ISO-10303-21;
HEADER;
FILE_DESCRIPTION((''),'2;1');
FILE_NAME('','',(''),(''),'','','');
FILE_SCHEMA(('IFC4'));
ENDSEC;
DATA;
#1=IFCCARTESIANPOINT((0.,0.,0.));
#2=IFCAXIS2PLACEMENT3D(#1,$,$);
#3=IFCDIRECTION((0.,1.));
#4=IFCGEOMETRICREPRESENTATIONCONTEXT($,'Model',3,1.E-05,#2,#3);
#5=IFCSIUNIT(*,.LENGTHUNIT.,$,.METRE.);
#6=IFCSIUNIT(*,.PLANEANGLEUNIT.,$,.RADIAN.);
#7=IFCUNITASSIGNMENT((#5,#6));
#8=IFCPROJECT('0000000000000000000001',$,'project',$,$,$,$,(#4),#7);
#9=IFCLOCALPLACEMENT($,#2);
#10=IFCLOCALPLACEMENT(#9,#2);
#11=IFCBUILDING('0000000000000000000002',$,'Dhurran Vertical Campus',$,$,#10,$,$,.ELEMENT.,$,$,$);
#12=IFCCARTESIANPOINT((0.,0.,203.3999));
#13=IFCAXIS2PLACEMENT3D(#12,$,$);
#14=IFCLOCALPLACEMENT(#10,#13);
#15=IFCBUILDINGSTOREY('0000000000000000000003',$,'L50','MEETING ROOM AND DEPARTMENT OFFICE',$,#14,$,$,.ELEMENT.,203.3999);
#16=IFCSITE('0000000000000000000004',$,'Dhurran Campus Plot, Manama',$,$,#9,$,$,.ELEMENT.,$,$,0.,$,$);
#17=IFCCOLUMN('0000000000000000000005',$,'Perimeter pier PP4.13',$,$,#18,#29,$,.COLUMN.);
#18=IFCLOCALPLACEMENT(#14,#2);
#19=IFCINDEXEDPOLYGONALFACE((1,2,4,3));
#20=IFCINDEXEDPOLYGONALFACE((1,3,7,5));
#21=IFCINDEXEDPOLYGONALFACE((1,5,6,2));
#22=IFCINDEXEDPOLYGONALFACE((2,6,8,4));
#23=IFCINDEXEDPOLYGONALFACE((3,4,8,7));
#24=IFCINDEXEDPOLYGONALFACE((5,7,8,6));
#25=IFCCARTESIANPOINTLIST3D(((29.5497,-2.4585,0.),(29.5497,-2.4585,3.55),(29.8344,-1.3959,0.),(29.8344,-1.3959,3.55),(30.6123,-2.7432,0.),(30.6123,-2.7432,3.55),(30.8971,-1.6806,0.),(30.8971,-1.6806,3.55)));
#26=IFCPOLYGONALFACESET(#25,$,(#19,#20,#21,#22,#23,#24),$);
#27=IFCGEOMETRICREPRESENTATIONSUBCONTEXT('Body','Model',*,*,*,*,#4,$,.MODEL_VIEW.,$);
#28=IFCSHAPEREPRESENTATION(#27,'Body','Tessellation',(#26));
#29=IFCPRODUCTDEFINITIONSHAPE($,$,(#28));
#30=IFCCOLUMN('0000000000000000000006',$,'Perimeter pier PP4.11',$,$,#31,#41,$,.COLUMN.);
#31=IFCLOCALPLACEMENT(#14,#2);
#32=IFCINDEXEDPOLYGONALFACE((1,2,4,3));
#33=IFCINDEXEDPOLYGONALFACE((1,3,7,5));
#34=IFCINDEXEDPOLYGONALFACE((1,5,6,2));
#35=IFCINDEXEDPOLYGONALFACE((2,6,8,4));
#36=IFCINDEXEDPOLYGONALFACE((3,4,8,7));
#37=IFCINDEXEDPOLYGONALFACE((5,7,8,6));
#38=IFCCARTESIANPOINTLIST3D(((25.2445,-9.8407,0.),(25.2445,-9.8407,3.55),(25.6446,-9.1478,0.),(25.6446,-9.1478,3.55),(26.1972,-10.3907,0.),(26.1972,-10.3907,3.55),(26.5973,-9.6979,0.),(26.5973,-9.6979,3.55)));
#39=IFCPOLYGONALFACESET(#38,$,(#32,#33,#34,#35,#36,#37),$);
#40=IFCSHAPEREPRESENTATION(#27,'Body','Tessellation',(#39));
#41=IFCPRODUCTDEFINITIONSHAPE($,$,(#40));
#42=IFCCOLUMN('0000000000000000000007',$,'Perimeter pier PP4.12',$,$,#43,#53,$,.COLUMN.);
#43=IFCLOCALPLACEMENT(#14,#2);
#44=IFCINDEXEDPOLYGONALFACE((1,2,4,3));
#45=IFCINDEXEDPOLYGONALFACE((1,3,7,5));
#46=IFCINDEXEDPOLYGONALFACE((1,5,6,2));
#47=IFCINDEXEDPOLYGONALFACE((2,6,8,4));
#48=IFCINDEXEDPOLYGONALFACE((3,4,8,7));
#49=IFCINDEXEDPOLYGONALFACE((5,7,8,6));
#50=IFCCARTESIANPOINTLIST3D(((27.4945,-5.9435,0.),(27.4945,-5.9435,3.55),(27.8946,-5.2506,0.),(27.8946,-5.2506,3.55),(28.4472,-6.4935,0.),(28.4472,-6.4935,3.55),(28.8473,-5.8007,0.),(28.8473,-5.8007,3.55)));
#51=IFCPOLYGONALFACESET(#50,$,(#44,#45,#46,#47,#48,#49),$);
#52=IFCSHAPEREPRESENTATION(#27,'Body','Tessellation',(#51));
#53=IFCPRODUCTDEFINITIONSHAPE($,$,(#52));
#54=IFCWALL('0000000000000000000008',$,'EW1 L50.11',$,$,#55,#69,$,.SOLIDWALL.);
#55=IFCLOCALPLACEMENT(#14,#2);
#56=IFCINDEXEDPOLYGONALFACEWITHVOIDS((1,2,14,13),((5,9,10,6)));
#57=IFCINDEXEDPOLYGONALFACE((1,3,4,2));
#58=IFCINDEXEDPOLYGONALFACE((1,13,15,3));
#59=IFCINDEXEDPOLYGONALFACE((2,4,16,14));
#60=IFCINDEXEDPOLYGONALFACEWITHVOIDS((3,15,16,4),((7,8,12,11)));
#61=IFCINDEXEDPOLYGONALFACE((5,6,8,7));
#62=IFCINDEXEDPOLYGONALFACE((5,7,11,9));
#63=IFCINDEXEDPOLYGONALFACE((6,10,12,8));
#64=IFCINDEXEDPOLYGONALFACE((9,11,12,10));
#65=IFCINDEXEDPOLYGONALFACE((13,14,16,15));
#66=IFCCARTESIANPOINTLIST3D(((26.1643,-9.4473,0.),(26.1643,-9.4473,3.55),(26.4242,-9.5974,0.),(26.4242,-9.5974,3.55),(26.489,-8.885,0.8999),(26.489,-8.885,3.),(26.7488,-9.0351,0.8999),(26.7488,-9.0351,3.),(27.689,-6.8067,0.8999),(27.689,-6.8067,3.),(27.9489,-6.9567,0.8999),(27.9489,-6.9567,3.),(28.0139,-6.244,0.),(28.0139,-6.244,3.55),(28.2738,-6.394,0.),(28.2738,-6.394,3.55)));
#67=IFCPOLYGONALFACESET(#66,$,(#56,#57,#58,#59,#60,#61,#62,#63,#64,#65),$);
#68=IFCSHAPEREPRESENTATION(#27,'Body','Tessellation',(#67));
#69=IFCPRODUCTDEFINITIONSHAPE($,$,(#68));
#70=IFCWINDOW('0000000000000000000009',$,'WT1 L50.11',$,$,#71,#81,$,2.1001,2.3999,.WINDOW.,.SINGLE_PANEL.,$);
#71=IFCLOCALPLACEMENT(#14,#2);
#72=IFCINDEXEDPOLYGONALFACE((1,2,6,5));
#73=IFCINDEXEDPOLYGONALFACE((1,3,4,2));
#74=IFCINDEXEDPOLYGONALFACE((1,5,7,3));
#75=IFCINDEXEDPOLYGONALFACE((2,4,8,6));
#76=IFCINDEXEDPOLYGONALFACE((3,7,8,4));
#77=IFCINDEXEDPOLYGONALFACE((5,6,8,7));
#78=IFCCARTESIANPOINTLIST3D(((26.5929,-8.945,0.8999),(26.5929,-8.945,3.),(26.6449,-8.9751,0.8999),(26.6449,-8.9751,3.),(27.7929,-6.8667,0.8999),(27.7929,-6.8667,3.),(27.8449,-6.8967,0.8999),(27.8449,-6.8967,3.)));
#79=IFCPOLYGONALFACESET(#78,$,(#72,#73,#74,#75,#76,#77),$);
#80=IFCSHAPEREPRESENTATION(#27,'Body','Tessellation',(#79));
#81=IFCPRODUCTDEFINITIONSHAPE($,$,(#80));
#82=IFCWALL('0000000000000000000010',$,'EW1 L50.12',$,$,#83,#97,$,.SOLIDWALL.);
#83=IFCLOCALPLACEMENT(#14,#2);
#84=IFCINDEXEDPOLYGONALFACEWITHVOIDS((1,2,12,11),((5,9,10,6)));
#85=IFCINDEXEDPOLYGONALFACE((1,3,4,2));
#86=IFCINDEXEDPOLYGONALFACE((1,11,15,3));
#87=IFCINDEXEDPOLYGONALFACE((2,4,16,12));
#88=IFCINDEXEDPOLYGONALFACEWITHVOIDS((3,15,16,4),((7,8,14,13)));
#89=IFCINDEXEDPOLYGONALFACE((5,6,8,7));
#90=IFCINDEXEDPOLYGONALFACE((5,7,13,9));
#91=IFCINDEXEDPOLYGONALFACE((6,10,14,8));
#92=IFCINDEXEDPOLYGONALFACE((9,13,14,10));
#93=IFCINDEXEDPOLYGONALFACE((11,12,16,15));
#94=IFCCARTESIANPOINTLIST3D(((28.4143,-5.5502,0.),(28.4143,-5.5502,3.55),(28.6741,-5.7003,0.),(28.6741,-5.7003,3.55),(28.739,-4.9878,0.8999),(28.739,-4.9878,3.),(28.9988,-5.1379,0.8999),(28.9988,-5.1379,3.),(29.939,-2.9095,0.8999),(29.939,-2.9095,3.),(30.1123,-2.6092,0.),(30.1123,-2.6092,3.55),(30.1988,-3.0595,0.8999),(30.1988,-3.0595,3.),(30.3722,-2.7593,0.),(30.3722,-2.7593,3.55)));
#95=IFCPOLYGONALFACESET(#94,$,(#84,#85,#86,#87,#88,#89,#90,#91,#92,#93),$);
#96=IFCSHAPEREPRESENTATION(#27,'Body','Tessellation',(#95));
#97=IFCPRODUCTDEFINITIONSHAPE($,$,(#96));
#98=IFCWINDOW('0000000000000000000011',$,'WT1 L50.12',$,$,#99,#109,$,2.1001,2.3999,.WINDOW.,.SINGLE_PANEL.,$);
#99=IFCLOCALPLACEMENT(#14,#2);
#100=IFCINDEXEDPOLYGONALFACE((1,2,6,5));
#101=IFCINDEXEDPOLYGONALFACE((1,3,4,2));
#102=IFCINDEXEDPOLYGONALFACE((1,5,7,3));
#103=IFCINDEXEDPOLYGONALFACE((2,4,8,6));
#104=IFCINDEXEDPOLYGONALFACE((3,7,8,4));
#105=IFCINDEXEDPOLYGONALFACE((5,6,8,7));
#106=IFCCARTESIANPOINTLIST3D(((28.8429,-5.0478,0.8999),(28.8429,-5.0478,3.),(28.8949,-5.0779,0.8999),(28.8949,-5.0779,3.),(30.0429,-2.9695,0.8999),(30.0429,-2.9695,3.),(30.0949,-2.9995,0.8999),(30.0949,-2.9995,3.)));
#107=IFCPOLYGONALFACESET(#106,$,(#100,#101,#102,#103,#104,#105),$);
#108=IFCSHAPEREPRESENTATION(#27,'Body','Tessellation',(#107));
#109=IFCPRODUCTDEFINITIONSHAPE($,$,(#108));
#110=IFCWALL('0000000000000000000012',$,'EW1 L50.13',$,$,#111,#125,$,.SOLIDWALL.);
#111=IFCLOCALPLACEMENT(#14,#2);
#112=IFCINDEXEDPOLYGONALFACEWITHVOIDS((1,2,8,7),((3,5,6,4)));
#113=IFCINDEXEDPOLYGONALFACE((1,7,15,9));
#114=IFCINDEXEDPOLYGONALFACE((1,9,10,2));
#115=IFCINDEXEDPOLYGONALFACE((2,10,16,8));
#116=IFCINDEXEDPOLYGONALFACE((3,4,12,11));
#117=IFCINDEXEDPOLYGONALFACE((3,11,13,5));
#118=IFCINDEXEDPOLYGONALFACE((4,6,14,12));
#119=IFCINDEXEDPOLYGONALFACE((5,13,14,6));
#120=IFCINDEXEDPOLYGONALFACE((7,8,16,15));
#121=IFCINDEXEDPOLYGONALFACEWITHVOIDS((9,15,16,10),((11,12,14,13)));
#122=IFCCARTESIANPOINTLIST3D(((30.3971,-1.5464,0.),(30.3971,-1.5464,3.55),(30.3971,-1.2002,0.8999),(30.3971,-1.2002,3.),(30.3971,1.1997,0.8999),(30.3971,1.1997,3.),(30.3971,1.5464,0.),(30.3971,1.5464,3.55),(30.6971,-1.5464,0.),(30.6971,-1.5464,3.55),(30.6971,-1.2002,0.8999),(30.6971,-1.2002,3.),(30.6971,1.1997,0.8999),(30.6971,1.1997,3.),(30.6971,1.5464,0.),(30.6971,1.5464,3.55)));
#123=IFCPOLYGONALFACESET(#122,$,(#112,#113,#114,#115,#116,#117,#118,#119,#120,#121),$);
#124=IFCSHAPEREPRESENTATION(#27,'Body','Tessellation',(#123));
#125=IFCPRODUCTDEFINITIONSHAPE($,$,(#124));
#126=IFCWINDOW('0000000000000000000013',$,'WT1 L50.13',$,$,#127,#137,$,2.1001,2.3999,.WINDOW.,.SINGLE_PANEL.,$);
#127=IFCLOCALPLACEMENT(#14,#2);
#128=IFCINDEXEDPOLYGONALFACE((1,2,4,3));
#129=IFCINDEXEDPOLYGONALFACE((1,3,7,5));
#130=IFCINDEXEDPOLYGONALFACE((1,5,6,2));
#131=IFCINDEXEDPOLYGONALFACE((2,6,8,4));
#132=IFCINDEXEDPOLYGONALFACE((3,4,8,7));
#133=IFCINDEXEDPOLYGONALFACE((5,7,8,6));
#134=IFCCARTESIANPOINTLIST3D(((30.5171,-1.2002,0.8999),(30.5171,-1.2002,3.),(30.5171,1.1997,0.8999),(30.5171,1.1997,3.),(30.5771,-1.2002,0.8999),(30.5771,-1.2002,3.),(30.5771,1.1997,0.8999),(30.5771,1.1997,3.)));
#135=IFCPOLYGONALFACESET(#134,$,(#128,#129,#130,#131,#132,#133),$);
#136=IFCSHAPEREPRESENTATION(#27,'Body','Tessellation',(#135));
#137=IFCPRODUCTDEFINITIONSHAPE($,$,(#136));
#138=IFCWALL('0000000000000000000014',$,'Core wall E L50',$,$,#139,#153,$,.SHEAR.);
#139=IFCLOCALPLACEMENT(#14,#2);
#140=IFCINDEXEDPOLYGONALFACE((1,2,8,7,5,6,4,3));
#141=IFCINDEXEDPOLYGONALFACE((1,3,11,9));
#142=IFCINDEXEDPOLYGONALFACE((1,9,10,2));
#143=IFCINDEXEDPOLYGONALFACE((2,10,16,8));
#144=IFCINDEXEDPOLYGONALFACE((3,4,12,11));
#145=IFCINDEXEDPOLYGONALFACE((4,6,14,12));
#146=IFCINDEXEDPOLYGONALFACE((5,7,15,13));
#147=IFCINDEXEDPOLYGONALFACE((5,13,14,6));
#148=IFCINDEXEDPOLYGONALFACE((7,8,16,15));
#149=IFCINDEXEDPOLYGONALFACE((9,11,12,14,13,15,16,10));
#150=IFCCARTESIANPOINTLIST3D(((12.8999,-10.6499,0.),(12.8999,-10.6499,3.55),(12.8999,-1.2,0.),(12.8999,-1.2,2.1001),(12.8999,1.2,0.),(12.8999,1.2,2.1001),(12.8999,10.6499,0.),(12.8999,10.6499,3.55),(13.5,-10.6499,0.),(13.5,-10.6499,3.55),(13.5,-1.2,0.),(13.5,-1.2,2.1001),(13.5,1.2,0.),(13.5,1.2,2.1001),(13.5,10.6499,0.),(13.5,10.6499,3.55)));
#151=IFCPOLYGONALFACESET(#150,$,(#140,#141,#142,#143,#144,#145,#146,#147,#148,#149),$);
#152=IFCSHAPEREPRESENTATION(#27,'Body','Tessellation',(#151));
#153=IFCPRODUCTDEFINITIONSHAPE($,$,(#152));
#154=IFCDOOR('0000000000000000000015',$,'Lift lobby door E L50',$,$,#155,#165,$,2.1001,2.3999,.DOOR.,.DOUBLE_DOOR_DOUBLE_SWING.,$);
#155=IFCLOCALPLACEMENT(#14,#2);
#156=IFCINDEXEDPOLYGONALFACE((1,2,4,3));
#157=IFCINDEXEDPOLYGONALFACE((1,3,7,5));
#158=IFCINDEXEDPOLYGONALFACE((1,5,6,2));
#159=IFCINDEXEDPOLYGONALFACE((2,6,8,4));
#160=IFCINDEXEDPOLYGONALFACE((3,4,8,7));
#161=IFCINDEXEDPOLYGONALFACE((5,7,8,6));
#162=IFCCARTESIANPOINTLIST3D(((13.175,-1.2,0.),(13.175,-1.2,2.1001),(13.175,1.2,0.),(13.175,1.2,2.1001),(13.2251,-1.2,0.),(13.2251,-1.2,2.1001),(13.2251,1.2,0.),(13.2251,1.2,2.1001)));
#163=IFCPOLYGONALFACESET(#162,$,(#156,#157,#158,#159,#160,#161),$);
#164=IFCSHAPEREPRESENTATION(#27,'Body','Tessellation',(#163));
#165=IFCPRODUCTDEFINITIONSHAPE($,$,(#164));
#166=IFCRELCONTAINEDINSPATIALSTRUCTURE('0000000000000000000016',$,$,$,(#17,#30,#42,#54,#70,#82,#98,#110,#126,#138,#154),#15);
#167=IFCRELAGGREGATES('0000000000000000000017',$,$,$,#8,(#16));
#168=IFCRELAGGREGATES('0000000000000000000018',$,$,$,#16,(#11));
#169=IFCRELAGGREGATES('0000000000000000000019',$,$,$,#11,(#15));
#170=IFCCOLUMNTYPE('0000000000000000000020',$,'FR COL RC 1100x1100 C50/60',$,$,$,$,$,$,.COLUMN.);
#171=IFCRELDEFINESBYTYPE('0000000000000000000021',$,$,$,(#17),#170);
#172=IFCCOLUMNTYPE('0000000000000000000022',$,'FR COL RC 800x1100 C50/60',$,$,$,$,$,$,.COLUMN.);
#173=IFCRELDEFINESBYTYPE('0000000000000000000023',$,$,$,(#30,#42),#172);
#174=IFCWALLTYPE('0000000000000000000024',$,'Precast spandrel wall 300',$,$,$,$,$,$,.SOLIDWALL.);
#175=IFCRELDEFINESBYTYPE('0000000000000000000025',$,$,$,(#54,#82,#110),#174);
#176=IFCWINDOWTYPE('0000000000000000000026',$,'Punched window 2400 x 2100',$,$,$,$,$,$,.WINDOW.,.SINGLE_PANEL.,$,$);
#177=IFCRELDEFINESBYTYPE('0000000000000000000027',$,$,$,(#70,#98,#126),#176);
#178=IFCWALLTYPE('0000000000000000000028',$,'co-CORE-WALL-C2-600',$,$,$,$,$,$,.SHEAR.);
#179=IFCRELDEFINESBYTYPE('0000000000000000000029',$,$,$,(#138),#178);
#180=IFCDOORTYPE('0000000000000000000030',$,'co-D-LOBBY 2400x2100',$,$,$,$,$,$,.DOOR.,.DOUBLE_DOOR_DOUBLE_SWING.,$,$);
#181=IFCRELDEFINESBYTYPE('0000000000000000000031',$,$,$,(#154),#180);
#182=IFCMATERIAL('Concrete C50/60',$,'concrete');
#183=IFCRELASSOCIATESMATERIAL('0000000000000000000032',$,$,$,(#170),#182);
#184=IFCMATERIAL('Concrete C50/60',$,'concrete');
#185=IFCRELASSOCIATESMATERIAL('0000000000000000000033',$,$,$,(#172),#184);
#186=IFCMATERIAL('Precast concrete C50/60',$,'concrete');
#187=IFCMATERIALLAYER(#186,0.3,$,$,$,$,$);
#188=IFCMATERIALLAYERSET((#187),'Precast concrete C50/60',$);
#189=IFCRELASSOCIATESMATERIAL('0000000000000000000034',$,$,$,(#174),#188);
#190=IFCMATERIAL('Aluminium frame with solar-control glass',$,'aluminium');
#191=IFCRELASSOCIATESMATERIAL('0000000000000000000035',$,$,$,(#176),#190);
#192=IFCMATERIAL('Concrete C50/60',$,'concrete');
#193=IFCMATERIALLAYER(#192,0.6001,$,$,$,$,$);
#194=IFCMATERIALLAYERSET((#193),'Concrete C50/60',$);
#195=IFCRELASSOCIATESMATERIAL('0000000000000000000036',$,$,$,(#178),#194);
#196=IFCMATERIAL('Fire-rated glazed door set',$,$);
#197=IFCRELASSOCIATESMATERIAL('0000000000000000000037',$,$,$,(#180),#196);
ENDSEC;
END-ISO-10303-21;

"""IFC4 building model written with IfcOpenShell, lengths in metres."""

from ifc_helpers import new_model, si_unit, direction, frame, frame_2d, origin, origin_2d, place, context, subcontext, project, spatial, rectangle, extrude, material, layer, layer_set, material_profile, profile_set, type_object, element, fill, save


model = new_model("IFC4")

# Units and contexts
model_context = context("Model", 3, precision=1e-05, world=origin(), true_north=direction((0.0, 1.0)))
body_context = subcontext(model_context, "Body", "Model", "MODEL_VIEW")
ifc_project = project(units=[si_unit("LENGTHUNIT", "METRE"), si_unit("PLANEANGLEUNIT", "RADIAN")], contexts=[model_context])

# Site, building, storey
site_placement = place(None, origin())
site = spatial("IfcSite", under=ifc_project, at=site_placement, Name="Dhurran Campus Plot, Manama", CompositionType="ELEMENT", RefElevation=0.0)
building_placement = place(site_placement, origin())
building = spatial("IfcBuilding", under=site, at=building_placement, Name="Dhurran Vertical Campus", CompositionType="ELEMENT")
storey_placement = place(building_placement, frame((0.0, 0.0, 203.3999)))
storey = spatial("IfcBuildingStorey", under=building, at=storey_placement, Name="L50", Description="MEETING ROOM AND DEPARTMENT OFFICE", CompositionType="ELEMENT", Elevation=203.3999)

# Columns
ifc_material_1 = material(Name="Concrete C50/60", Category="concrete")
ifc_material_profile_1 = material_profile(ifc_material_1, rectangle(XDim=1.1001, YDim=1.1001, at=origin_2d()), Name="RC 1100x1100")
ifc_profile_set_1 = profile_set([ifc_material_profile_1], Name="Concrete C50/60")
column_type_1 = type_object("IfcColumnType", Name="FR COL RC 1100x1100 C50/60", PredefinedType="COLUMN", material=ifc_profile_set_1)
column_placement = place(storey_placement, frame((30.2234, -2.0696, 0.0), z_axis=(0.0, 0.0, 1.0), x_axis=(0.258819, 0.965926, 0.0)))
element("IfcColumn", 1, at=column_placement, inside=storey, type_object=column_type_1, Name="Perimeter pier PP4.13", PredefinedType="COLUMN", context=body_context, shape_type="SweptSolid", body=[
    extrude(rectangle(XDim=1.1001, YDim=1.1001, at=origin_2d()), origin(), (0.0, 0.0, 1.0), 3.55),
])
ifc_material_2 = material(Name="Concrete C50/60", Category="concrete")
ifc_material_profile_2 = material_profile(ifc_material_2, rectangle(XDim=0.8, YDim=1.1001, at=origin_2d()), Name="RC 800x1100")
ifc_profile_set_2 = profile_set([ifc_material_profile_2], Name="Concrete C50/60")
column_type_2 = type_object("IfcColumnType", Name="FR COL RC 800x1100 C50/60", PredefinedType="COLUMN", material=ifc_profile_set_2)
for number, where, z_axis, x_axis, name in (
    (2, (25.9209, -9.7693, 0.0), (0.0, 0.0, 1.0), (0.5, 0.866025, 0.0), "Perimeter pier PP4.11"),
    (3, (28.1709, -5.8721, 0.0), (0.0, 0.0, 1.0), (0.5, 0.866025, 0.0), "Perimeter pier PP4.12"),
):
    element("IfcColumn", number, at=place(storey_placement, frame(where, z_axis=z_axis, x_axis=x_axis)), inside=storey, type_object=column_type_2, Name=name, PredefinedType="COLUMN", context=body_context, shape_type="SweptSolid", body=[
        extrude(rectangle(XDim=0.8, YDim=1.1001, at=origin_2d()), origin(), (0.0, 0.0, 1.0), 3.55),
    ])

# Walls, openings, windows
ifc_material_3 = material(Name="Precast concrete C50/60", Category="concrete")
ifc_layer_1 = layer(ifc_material_3, 0.3)
ifc_layer_set_1 = layer_set([ifc_layer_1], Name="Precast concrete C50/60")
wall_type_1 = type_object("IfcWallType", Name="Precast spandrel wall 300", PredefinedType="SOLIDWALL", material=ifc_layer_set_1)
wall_1_placement = place(storey_placement, frame((26.2942, -9.5225, 0.0), z_axis=(0.0, 0.0, 1.0), x_axis=(0.500029, 0.866009, 0.0)))
wall_1 = element("IfcWall", 4, at=wall_1_placement, inside=storey, type_object=wall_type_1, Name="EW1 L50.11", PredefinedType="SOLIDWALL", context=body_context, shape_type="SweptSolid", body=[
    extrude(rectangle(XDim=3.699, YDim=0.3, at=frame_2d((1.8496, 0.0))), origin(), (0.0, 0.0, 1.0), 3.55),
])
opening_1_placement = place(wall_1_placement, frame((0.6494, 0.0, 0.8999)))
opening_1 = element("IfcOpeningElement", 5, at=opening_1_placement, cuts=wall_1, PredefinedType="OPENING", context=body_context, shape_type="SweptSolid", body=[
    extrude(rectangle(XDim=2.3999, YDim=2.1001, at=frame_2d((1.2, 1.05))), frame((0.0, 0.1599, 0.0), z_axis=(0.0, -1.0, 0.0), x_axis=(1.0, 0.0, 0.0)), (0.0, 0.0, 1.0), 0.3201),
])
ifc_material_4 = material(Name="Aluminium frame with solar-control glass", Category="aluminium")
window_type = type_object("IfcWindowType", Name="Punched window 2400 x 2100", PartitioningType="SINGLE_PANEL", PredefinedType="WINDOW", material=ifc_material_4)
window_1_placement = place(opening_1_placement, origin())
window_1 = element("IfcWindow", 6, at=window_1_placement, inside=storey, type_object=window_type, Name="WT1 L50.11", OverallHeight=2.1001, OverallWidth=2.3999, PartitioningType="SINGLE_PANEL", PredefinedType="WINDOW", context=body_context, shape_type="SweptSolid", body=[
    extrude(rectangle(XDim=2.3999, YDim=2.1001, at=frame_2d((1.2, 1.05))), frame((0.0, 0.03, 0.0), z_axis=(0.0, -1.0, 0.0), x_axis=(1.0, 0.0, 0.0)), (0.0, 0.0, 1.0), 0.0601),
])
fill(opening_1, window_1)
wall_2_placement = place(storey_placement, frame((28.5442, -5.6252, 0.0), z_axis=(0.0, 0.0, 1.0), x_axis=(0.500013, 0.866018, 0.0)))
wall_2 = element("IfcWall", 7, at=wall_2_placement, inside=storey, type_object=wall_type_1, Name="EW1 L50.12", PredefinedType="SOLIDWALL", context=body_context, shape_type="SweptSolid", body=[
    extrude(rectangle(XDim=3.396, YDim=0.3, at=frame_2d((1.698, 0.0))), origin(), (0.0, 0.0, 1.0), 3.55),
])
opening_2_placement = place(wall_2_placement, frame((0.6494, 0.0, 0.8999)))
opening_2 = element("IfcOpeningElement", 8, at=opening_2_placement, cuts=wall_2, PredefinedType="OPENING", context=body_context, shape_type="SweptSolid", body=[
    extrude(rectangle(XDim=2.3999, YDim=2.1001, at=frame_2d((1.2, 1.05))), frame((0.0, 0.1599, 0.0), z_axis=(0.0, -1.0, 0.0), x_axis=(1.0, 0.0, 0.0)), (0.0, 0.0, 1.0), 0.3201),
])
window_2_placement = place(opening_2_placement, origin())
window_2 = element("IfcWindow", 9, at=window_2_placement, inside=storey, type_object=window_type, Name="WT1 L50.12", OverallHeight=2.1001, OverallWidth=2.3999, PartitioningType="SINGLE_PANEL", PredefinedType="WINDOW", context=body_context, shape_type="SweptSolid", body=[
    extrude(rectangle(XDim=2.3999, YDim=2.1001, at=frame_2d((1.2, 1.05))), frame((0.0, 0.03, 0.0), z_axis=(0.0, -1.0, 0.0), x_axis=(1.0, 0.0, 0.0)), (0.0, 0.0, 1.0), 0.0601),
])
fill(opening_2, window_2)
wall_3_placement = place(storey_placement, frame((30.5471, -1.5464, 0.0), z_axis=(0.0, 0.0, 1.0), x_axis=(0.0, 1.0, 0.0)))
wall_3 = element("IfcWall", 10, at=wall_3_placement, inside=storey, type_object=wall_type_1, Name="EW1 L50.13", PredefinedType="SOLIDWALL", context=body_context, shape_type="SweptSolid", body=[
    extrude(rectangle(XDim=3.0928, YDim=0.3, at=frame_2d((1.5464, 0.0))), origin(), (0.0, 0.0, 1.0), 3.55),
])
opening_3_placement = place(wall_3_placement, frame((0.3462, 0.0, 0.8999)))
opening_3 = element("IfcOpeningElement", 11, at=opening_3_placement, cuts=wall_3, PredefinedType="OPENING", context=body_context, shape_type="SweptSolid", body=[
    extrude(rectangle(XDim=2.3999, YDim=2.1001, at=frame_2d((1.2, 1.05))), frame((0.0, 0.1599, 0.0), z_axis=(0.0, -1.0, 0.0), x_axis=(1.0, 0.0, 0.0)), (0.0, 0.0, 1.0), 0.3201),
])
window_3_placement = place(opening_3_placement, origin())
window_3 = element("IfcWindow", 12, at=window_3_placement, inside=storey, type_object=window_type, Name="WT1 L50.13", OverallHeight=2.1001, OverallWidth=2.3999, PartitioningType="SINGLE_PANEL", PredefinedType="WINDOW", context=body_context, shape_type="SweptSolid", body=[
    extrude(rectangle(XDim=2.3999, YDim=2.1001, at=frame_2d((1.2, 1.05))), frame((0.0, 0.03, 0.0), z_axis=(0.0, -1.0, 0.0), x_axis=(1.0, 0.0, 0.0)), (0.0, 0.0, 1.0), 0.0601),
])
fill(opening_3, window_3)

# Wall, opening, door
ifc_material_5 = material(Name="Concrete C50/60", Category="concrete")
ifc_layer_2 = layer(ifc_material_5, 0.6001)
ifc_layer_set_2 = layer_set([ifc_layer_2], Name="Concrete C50/60")
wall_type_2 = type_object("IfcWallType", Name="co-CORE-WALL-C2-600", PredefinedType="SHEAR", material=ifc_layer_set_2)
wall_4_placement = place(storey_placement, frame((13.2, -10.6499, 0.0), z_axis=(0.0, 0.0, 1.0), x_axis=(0.0, 1.0, 0.0)))
wall_4 = element("IfcWall", 13, at=wall_4_placement, inside=storey, type_object=wall_type_2, Name="Core wall E L50", PredefinedType="SHEAR", context=body_context, shape_type="SweptSolid", body=[
    extrude(rectangle(XDim=21.2998, YDim=0.6001, at=frame_2d((10.6499, 0.0))), origin(), (0.0, 0.0, 1.0), 3.55),
])
opening_4_placement = place(wall_4_placement, frame((9.45, 0.0, 0.0)))
opening_4 = element("IfcOpeningElement", 14, at=opening_4_placement, cuts=wall_4, PredefinedType="OPENING", context=body_context, shape_type="SweptSolid", body=[
    extrude(rectangle(XDim=2.3999, YDim=2.1001, at=frame_2d((1.2, 1.05))), frame((0.0, 0.3101, 0.0), z_axis=(0.0, -1.0, 0.0), x_axis=(1.0, 0.0, 0.0)), (0.0, 0.0, 1.0), 0.6201),
])
ifc_material_6 = material(Name="Fire-rated glazed door set")
door_type_1 = type_object("IfcDoorType", Name="co-D-LOBBY 2400x2100", OperationType="DOUBLE_DOOR_DOUBLE_SWING", PredefinedType="DOOR", material=ifc_material_6)
door_1_placement = place(opening_4_placement, origin())
door_1 = element("IfcDoor", 15, at=door_1_placement, inside=storey, type_object=door_type_1, Name="Lift lobby door E L50", OperationType="DOUBLE_DOOR_DOUBLE_SWING", OverallHeight=2.1001, OverallWidth=2.3999, PredefinedType="DOOR", context=body_context, shape_type="SweptSolid", body=[
    extrude(rectangle(XDim=2.3999, YDim=2.1001, at=frame_2d((1.2, 1.05))), frame((0.0, 0.0249, 0.0), z_axis=(0.0, -1.0, 0.0), x_axis=(1.0, 0.0, 0.0)), (0.0, 0.0, 1.0), 0.05),
])
fill(opening_4, door_1)

save(model, "model.ifc")
